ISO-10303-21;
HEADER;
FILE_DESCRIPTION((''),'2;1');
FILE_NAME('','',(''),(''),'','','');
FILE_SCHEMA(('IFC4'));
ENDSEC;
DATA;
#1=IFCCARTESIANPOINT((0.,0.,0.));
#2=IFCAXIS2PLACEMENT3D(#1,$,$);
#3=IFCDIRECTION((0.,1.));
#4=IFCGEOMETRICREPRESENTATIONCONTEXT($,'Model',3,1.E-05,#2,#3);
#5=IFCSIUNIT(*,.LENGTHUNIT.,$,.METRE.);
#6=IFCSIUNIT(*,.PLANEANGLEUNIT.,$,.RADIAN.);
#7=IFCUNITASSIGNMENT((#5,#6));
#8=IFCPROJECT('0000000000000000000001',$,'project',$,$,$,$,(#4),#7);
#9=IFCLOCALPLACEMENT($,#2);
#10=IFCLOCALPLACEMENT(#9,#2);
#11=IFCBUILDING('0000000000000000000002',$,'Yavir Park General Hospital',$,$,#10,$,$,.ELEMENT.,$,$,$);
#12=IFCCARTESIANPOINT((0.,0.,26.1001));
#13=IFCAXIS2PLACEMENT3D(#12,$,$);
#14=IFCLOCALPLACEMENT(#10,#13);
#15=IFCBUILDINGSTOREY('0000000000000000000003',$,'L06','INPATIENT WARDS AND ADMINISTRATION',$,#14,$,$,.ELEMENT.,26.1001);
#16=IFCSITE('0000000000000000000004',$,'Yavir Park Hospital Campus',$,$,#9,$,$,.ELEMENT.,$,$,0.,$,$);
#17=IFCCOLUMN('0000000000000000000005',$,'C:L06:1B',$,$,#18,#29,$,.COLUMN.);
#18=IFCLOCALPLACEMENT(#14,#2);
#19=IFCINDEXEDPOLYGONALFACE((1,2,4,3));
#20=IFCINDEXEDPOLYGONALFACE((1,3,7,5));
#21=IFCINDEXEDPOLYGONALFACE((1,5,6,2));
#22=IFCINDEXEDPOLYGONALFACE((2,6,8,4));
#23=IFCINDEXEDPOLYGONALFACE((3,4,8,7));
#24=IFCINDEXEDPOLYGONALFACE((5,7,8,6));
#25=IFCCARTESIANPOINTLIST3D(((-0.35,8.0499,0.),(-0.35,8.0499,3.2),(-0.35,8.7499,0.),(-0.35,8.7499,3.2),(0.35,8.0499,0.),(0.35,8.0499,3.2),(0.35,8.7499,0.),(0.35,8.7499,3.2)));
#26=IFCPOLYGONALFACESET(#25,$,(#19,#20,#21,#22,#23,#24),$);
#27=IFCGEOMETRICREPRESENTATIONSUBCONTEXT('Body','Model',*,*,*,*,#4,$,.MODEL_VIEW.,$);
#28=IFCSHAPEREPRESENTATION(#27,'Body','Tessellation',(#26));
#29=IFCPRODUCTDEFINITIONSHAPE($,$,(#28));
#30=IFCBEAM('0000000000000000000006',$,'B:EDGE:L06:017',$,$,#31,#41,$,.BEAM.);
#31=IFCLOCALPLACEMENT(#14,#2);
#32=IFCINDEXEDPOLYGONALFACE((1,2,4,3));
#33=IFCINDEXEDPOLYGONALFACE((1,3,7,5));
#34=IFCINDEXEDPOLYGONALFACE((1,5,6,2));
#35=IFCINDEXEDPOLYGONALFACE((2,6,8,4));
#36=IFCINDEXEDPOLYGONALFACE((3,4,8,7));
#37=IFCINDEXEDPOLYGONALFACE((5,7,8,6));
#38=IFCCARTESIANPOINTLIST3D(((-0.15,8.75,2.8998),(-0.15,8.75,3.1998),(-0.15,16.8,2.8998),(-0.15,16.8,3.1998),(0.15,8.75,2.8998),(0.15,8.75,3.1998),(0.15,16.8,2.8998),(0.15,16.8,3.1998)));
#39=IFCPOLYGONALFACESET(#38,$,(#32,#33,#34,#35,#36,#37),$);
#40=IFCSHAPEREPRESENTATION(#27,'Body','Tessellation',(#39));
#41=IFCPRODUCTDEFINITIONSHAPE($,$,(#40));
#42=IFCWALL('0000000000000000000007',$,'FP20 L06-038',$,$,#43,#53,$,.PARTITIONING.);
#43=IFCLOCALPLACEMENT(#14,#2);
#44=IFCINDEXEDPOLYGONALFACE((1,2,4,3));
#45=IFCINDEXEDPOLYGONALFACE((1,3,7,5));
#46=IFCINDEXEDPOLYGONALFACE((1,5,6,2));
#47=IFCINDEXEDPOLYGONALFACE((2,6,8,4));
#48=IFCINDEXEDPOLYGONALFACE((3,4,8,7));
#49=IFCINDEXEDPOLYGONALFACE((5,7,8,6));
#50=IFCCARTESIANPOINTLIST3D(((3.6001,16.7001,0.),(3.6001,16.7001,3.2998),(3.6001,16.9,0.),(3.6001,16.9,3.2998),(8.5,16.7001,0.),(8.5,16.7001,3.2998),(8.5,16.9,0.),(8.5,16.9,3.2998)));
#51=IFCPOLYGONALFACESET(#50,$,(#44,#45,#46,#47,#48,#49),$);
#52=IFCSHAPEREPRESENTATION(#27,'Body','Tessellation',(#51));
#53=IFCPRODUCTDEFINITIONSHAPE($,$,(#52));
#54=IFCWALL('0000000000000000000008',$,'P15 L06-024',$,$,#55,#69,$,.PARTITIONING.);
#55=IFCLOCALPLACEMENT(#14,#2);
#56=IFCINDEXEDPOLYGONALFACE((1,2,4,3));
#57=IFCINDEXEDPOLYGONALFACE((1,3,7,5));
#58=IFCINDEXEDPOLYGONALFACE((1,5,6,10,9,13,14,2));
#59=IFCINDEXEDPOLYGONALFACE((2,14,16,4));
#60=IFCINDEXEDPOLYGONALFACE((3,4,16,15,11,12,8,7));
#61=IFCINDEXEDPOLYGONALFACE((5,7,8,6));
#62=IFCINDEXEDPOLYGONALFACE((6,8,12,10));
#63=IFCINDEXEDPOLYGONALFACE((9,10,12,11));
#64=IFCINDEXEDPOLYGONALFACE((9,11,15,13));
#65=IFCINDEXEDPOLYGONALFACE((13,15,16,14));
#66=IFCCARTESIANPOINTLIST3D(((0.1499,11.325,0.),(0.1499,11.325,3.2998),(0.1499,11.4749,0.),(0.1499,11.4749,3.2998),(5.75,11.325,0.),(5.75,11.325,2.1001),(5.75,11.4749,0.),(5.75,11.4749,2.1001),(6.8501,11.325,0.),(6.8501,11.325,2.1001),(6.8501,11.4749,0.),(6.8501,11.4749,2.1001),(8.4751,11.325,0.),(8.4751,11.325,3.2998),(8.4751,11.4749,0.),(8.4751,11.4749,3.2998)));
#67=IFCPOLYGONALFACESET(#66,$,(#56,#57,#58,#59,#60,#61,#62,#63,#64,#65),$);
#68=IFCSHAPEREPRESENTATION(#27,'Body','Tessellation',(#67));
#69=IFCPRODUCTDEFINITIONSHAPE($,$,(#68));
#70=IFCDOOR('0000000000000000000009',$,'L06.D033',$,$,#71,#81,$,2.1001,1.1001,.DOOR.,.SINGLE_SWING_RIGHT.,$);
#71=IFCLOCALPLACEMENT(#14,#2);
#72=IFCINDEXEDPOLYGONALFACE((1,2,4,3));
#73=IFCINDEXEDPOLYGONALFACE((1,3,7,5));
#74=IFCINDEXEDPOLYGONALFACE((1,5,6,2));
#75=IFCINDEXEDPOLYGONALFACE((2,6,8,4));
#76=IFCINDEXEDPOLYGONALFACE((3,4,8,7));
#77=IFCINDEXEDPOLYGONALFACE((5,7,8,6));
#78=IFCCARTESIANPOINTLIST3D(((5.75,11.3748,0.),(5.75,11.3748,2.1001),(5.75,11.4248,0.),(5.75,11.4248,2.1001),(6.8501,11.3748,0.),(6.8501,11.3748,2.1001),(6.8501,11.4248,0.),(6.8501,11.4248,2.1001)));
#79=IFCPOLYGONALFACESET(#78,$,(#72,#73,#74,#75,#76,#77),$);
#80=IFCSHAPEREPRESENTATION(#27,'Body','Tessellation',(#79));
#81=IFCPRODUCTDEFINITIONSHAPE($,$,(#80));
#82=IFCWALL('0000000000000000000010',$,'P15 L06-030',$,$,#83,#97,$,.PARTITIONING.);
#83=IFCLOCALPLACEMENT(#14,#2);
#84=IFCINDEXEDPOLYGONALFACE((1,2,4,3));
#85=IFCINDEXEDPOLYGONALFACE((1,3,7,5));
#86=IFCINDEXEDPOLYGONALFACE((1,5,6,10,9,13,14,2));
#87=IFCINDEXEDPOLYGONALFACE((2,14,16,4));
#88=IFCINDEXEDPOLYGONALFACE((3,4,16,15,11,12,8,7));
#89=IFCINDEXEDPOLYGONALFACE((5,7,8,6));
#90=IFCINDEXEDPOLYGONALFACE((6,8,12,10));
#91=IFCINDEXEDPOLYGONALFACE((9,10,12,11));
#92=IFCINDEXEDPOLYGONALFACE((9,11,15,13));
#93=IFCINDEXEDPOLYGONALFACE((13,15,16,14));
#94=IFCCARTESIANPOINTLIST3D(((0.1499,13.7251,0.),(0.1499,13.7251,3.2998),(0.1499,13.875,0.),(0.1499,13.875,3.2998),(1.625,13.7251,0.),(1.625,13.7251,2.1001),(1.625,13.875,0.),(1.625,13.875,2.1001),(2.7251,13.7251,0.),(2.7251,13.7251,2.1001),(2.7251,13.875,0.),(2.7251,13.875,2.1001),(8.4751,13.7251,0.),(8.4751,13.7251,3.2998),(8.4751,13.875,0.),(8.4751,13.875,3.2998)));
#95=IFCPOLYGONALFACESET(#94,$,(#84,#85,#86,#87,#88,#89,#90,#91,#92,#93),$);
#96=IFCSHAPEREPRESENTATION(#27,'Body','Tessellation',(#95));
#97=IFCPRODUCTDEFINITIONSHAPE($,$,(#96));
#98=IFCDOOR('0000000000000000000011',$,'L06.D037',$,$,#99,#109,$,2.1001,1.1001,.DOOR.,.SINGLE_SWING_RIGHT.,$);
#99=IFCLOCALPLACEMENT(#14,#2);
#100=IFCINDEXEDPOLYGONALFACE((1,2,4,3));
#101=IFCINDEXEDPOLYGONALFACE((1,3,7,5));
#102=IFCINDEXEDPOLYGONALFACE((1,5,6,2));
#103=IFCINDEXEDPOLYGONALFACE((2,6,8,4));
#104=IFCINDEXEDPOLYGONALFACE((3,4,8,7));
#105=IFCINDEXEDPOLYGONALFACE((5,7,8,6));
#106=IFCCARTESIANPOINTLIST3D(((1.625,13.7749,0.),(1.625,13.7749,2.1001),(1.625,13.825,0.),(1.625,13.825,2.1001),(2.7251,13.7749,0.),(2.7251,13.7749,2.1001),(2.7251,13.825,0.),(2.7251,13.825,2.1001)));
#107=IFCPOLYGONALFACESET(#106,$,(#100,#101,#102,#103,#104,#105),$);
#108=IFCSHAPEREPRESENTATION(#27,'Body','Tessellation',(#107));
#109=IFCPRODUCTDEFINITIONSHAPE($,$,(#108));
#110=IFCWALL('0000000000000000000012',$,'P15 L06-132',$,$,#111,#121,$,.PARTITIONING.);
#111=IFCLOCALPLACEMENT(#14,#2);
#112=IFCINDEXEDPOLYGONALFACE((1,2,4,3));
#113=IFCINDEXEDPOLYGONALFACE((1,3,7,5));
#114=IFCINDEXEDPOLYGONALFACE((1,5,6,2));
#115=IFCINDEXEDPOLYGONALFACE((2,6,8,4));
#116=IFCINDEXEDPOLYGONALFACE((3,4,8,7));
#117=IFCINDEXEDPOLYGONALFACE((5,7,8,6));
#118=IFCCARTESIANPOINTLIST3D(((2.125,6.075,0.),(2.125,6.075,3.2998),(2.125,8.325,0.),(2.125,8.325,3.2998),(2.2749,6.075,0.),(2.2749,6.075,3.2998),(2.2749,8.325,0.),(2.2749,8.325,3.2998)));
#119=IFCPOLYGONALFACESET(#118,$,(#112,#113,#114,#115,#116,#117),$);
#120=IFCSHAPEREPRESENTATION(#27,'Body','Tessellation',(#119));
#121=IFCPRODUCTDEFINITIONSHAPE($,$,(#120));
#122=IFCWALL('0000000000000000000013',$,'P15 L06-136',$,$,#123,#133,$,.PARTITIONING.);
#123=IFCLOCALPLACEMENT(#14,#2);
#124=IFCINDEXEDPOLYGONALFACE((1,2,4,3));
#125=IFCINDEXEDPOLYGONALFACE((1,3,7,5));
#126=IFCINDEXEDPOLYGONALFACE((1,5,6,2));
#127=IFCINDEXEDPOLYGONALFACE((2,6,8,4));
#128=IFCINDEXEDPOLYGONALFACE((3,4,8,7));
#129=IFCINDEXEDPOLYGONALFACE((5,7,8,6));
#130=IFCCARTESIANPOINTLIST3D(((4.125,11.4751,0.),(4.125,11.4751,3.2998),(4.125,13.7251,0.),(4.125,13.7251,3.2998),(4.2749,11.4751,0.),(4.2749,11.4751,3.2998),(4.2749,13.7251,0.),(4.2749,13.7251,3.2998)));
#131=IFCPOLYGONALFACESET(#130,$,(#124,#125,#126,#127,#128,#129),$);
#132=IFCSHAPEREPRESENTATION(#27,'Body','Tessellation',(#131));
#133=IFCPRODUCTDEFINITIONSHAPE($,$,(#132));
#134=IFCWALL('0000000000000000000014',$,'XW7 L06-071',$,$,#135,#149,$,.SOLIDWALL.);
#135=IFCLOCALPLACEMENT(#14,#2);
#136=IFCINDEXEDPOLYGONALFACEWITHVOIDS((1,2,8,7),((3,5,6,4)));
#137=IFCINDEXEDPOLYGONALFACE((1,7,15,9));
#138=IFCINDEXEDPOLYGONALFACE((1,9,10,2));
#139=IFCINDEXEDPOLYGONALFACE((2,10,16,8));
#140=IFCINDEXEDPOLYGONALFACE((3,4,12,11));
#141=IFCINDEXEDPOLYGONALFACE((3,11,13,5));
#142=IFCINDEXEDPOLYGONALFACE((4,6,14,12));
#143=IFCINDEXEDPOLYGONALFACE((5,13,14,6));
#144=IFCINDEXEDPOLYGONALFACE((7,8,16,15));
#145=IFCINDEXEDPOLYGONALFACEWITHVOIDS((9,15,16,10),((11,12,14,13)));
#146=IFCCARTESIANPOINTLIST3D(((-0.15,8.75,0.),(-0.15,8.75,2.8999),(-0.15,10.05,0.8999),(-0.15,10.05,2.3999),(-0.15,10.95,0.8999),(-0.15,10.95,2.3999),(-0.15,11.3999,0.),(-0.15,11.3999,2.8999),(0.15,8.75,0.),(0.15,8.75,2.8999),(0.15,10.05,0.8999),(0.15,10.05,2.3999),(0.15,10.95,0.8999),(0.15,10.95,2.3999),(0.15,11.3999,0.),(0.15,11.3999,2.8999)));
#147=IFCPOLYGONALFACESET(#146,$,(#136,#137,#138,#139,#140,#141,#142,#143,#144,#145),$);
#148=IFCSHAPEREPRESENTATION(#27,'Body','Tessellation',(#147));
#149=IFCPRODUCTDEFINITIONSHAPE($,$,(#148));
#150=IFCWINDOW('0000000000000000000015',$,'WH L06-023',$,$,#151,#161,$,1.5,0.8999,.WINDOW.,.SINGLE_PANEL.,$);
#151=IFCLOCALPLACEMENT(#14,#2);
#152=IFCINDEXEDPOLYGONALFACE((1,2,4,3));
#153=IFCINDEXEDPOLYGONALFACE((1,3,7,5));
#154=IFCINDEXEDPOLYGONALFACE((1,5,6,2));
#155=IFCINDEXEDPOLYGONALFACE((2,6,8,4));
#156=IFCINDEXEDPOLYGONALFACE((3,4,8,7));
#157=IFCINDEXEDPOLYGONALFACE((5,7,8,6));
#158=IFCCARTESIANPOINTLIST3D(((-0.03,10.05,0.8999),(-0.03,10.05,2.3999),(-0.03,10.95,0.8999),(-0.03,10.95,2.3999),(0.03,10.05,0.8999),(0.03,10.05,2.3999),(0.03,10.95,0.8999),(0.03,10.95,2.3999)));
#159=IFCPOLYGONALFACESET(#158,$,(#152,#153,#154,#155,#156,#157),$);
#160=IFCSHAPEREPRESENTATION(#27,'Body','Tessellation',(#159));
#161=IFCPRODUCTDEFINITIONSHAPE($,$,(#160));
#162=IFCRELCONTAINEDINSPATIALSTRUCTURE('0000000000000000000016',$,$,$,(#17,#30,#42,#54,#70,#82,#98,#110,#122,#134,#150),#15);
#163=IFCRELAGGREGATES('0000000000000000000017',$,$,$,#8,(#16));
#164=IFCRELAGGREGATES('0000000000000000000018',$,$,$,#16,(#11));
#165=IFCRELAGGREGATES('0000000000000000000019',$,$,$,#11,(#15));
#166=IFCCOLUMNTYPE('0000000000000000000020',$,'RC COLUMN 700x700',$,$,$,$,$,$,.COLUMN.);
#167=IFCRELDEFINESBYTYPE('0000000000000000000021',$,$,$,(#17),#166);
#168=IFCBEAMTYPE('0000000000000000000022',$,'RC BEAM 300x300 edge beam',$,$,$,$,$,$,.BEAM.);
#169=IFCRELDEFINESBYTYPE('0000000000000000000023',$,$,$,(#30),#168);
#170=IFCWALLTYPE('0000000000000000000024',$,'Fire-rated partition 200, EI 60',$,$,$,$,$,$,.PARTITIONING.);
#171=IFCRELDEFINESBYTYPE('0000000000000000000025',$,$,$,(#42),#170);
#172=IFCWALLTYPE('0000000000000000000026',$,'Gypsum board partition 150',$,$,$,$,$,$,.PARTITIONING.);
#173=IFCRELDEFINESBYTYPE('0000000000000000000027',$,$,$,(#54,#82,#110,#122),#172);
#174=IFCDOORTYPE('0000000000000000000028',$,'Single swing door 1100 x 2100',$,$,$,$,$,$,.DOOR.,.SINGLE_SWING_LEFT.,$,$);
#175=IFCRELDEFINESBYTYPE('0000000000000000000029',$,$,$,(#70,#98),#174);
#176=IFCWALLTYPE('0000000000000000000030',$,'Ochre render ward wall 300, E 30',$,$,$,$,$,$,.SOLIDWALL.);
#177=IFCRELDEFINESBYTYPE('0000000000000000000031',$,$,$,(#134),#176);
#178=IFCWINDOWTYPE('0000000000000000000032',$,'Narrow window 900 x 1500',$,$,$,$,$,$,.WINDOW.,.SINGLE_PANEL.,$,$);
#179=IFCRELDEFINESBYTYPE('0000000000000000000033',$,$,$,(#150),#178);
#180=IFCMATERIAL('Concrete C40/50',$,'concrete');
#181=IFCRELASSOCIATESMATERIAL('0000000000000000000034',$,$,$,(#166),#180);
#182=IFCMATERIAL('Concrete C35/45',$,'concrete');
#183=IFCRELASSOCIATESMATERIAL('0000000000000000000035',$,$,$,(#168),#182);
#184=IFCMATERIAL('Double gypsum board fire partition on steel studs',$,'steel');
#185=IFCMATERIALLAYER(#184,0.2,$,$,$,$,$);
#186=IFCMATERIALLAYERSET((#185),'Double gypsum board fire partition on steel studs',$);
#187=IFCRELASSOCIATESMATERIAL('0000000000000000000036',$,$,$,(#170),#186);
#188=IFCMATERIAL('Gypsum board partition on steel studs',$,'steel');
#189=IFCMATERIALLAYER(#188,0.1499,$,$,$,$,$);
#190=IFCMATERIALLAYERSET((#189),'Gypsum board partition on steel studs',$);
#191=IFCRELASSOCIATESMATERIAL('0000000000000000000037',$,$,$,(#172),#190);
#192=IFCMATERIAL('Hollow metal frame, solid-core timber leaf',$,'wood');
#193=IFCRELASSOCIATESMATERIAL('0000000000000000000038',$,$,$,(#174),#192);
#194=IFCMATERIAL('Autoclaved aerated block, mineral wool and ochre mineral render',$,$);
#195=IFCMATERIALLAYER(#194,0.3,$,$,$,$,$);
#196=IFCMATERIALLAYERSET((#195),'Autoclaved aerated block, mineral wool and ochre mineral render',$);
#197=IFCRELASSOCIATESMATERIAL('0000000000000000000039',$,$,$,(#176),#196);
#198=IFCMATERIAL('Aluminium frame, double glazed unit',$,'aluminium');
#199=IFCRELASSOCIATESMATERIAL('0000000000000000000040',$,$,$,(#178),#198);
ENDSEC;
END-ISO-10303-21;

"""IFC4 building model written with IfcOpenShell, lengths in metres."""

from ifc_helpers import new_model, si_unit, direction, frame, frame_2d, origin, origin_2d, place, context, subcontext, project, spatial, rectangle, extrude, material, layer, layer_set, material_profile, profile_set, type_object, element, fill, save


model = new_model("IFC4")

# Units and contexts
model_context = context("Model", 3, precision=1e-05, world=origin(), true_north=direction((0.0, 1.0)))
body_context = subcontext(model_context, "Body", "Model", "MODEL_VIEW")
ifc_project = project(units=[si_unit("LENGTHUNIT", "METRE"), si_unit("PLANEANGLEUNIT", "RADIAN")], contexts=[model_context])

# Site, building, storey
site_placement = place(None, origin())
site = spatial("IfcSite", under=ifc_project, at=site_placement, Name="Yavir Park Hospital Campus", CompositionType="ELEMENT", RefElevation=0.0)
building_placement = place(site_placement, origin())
building = spatial("IfcBuilding", under=site, at=building_placement, Name="Yavir Park General Hospital", CompositionType="ELEMENT")
storey_placement = place(building_placement, frame((0.0, 0.0, 26.1001)))
storey = spatial("IfcBuildingStorey", under=building, at=storey_placement, Name="L06", Description="INPATIENT WARDS AND ADMINISTRATION", CompositionType="ELEMENT", Elevation=26.1001)

# Column
ifc_material_1 = material(Name="Concrete C40/50", Category="concrete")
ifc_material_profile_1 = material_profile(ifc_material_1, rectangle(XDim=0.7, YDim=0.7, at=origin_2d()), Name="RC700x700")
ifc_profile_set_1 = profile_set([ifc_material_profile_1], Name="Concrete C40/50")
column_type = type_object("IfcColumnType", Name="RC COLUMN 700x700", PredefinedType="COLUMN", material=ifc_profile_set_1)
column_placement = place(storey_placement, frame((0.0, 8.3999, 0.0), z_axis=(0.0, 0.0, 1.0), x_axis=(1.0, 0.0, 0.0)))
element("IfcColumn", 1, at=column_placement, inside=storey, type_object=column_type, Name="C:L06:1B", PredefinedType="COLUMN", context=body_context, shape_type="SweptSolid", body=[
    extrude(rectangle(XDim=0.7, YDim=0.7, at=origin_2d()), origin(), (0.0, 0.0, 1.0), 3.2),
])

# Beam
ifc_material_2 = material(Name="Concrete C35/45", Category="concrete")
ifc_material_profile_2 = material_profile(ifc_material_2, rectangle(XDim=0.3, YDim=0.3, at=origin_2d()), Name="RC300x300")
ifc_profile_set_2 = profile_set([ifc_material_profile_2], Name="Concrete C35/45")
beam_type = type_object("IfcBeamType", Name="RC BEAM 300x300 edge beam", PredefinedType="BEAM", material=ifc_profile_set_2)
beam_placement = place(storey_placement, frame((0.0, 8.75, 3.0498), z_axis=(0.0, 1.0, 0.0), x_axis=(-1.0, 0.0, 0.0)))
element("IfcBeam", 2, at=beam_placement, inside=storey, type_object=beam_type, Name="B:EDGE:L06:017", PredefinedType="BEAM", context=body_context, shape_type="SweptSolid", body=[
    extrude(rectangle(XDim=0.3, YDim=0.3, at=origin_2d()), origin(), (0.0, 0.0, 1.0), 8.05),
])

# Wall
ifc_material_3 = material(Name="Double gypsum board fire partition on steel studs", Category="steel")
ifc_layer_1 = layer(ifc_material_3, 0.2)
ifc_layer_set_1 = layer_set([ifc_layer_1], Name="Double gypsum board fire partition on steel studs")
wall_type_1 = type_object("IfcWallType", Name="Fire-rated partition 200, EI 60", PredefinedType="PARTITIONING", material=ifc_layer_set_1)
wall_1_placement = place(storey_placement, frame((3.6001, 16.8, 0.0), z_axis=(0.0, 0.0, 1.0), x_axis=(1.0, 0.0, 0.0)))
element("IfcWall", 3, at=wall_1_placement, inside=storey, type_object=wall_type_1, Name="FP20 L06-038", PredefinedType="PARTITIONING", context=body_context, shape_type="SweptSolid", body=[
    extrude(rectangle(XDim=4.8999, YDim=0.2, at=frame_2d((2.45, 0.0))), origin(), (0.0, 0.0, 1.0), 3.2998),
])

# Shared definitions
ifc_material_4 = material(Name="Gypsum board partition on steel studs", Category="steel")
ifc_layer_2 = layer(ifc_material_4, 0.1499)
ifc_layer_set_2 = layer_set([ifc_layer_2], Name="Gypsum board partition on steel studs")
wall_type_2 = type_object("IfcWallType", Name="Gypsum board partition 150", PredefinedType="PARTITIONING", material=ifc_layer_set_2)

# Walls, openings, doors
wall_2_placement = place(storey_placement, frame((0.1499, 11.3999, 0.0), z_axis=(0.0, 0.0, 1.0), x_axis=(1.0, 0.0, 0.0)))
wall_2 = element("IfcWall", 4, at=wall_2_placement, inside=storey, type_object=wall_type_2, Name="P15 L06-024", PredefinedType="PARTITIONING", context=body_context, shape_type="SweptSolid", body=[
    extrude(rectangle(XDim=8.3252, YDim=0.1499, at=frame_2d((4.1626, 0.0))), origin(), (0.0, 0.0, 1.0), 3.2998),
])
opening_1_placement = place(wall_2_placement, frame((5.6001, 0.0, 0.0)))
opening_1 = element("IfcOpeningElement", 5, at=opening_1_placement, cuts=wall_2, PredefinedType="OPENING", context=body_context, shape_type="SweptSolid", body=[
    extrude(rectangle(XDim=1.1001, YDim=2.1001, at=frame_2d((0.55, 1.05))), frame((0.0, 0.085, 0.0), z_axis=(0.0, -1.0, 0.0), x_axis=(1.0, 0.0, 0.0)), (0.0, 0.0, 1.0), 0.1699),
])
ifc_material_5 = material(Name="Hollow metal frame, solid-core timber leaf", Category="wood")
door_type_1 = type_object("IfcDoorType", Name="Single swing door 1100 x 2100", OperationType="SINGLE_SWING_LEFT", PredefinedType="DOOR", material=ifc_material_5)
door_1_placement = place(opening_1_placement, origin())
door_1 = element("IfcDoor", 6, at=door_1_placement, inside=storey, type_object=door_type_1, Name="L06.D033", OperationType="SINGLE_SWING_RIGHT", OverallHeight=2.1001, OverallWidth=1.1001, PredefinedType="DOOR", context=body_context, shape_type="SweptSolid", body=[
    extrude(rectangle(XDim=1.1001, YDim=2.1001, at=frame_2d((0.55, 1.05))), frame((0.0, 0.0249, 0.0), z_axis=(0.0, -1.0, 0.0), x_axis=(1.0, 0.0, 0.0)), (0.0, 0.0, 1.0), 0.05),
])
fill(opening_1, door_1)
wall_3_placement = place(storey_placement, frame((0.1499, 13.8, 0.0), z_axis=(0.0, 0.0, 1.0), x_axis=(1.0, 0.0, 0.0)))
wall_3 = element("IfcWall", 7, at=wall_3_placement, inside=storey, type_object=wall_type_2, Name="P15 L06-030", PredefinedType="PARTITIONING", context=body_context, shape_type="SweptSolid", body=[
    extrude(rectangle(XDim=8.3252, YDim=0.1499, at=frame_2d((4.1626, 0.0))), origin(), (0.0, 0.0, 1.0), 3.2998),
])
opening_2_placement = place(wall_3_placement, frame((1.4751, 0.0, 0.0)))
opening_2 = element("IfcOpeningElement", 8, at=opening_2_placement, cuts=wall_3, PredefinedType="OPENING", context=body_context, shape_type="SweptSolid", body=[
    extrude(rectangle(XDim=1.1001, YDim=2.1001, at=frame_2d((0.55, 1.05))), frame((0.0, 0.085, 0.0), z_axis=(0.0, -1.0, 0.0), x_axis=(1.0, 0.0, 0.0)), (0.0, 0.0, 1.0), 0.1699),
])
door_2_placement = place(opening_2_placement, origin())
door_2 = element("IfcDoor", 9, at=door_2_placement, inside=storey, type_object=door_type_1, Name="L06.D037", OperationType="SINGLE_SWING_RIGHT", OverallHeight=2.1001, OverallWidth=1.1001, PredefinedType="DOOR", context=body_context, shape_type="SweptSolid", body=[
    extrude(rectangle(XDim=1.1001, YDim=2.1001, at=frame_2d((0.55, 1.05))), frame((0.0, 0.0249, 0.0), z_axis=(0.0, -1.0, 0.0), x_axis=(1.0, 0.0, 0.0)), (0.0, 0.0, 1.0), 0.05),
])
fill(opening_2, door_2)

# Walls
for number, where, z_axis, x_axis, name in (
    (10, (2.2, 6.075, 0.0), (0.0, 0.0, 1.0), (0.0, 1.0, 0.0), "P15 L06-132"),
    (11, (4.2, 11.4751, 0.0), (0.0, 0.0, 1.0), (0.0, 1.0, 0.0), "P15 L06-136"),
):
    element("IfcWall", number, at=place(storey_placement, frame(where, z_axis=z_axis, x_axis=x_axis)), inside=storey, type_object=wall_type_2, Name=name, PredefinedType="PARTITIONING", context=body_context, shape_type="SweptSolid", body=[
        extrude(rectangle(XDim=2.25, YDim=0.1499, at=frame_2d((1.125, 0.0))), origin(), (0.0, 0.0, 1.0), 3.2998),
    ])

# Wall, opening, window
ifc_material_6 = material(Name="Autoclaved aerated block, mineral wool and ochre mineral render")
ifc_layer_3 = layer(ifc_material_6, 0.3)
ifc_layer_set_3 = layer_set([ifc_layer_3], Name="Autoclaved aerated block, mineral wool and ochre mineral render")
wall_type_3 = type_object("IfcWallType", Name="Ochre render ward wall 300, E 30", PredefinedType="SOLIDWALL", material=ifc_layer_set_3)
wall_4_placement = place(storey_placement, frame((0.0, 8.75, 0.0), z_axis=(0.0, 0.0, 1.0), x_axis=(0.0, 1.0, 0.0)))
wall_4 = element("IfcWall", 12, at=wall_4_placement, inside=storey, type_object=wall_type_3, Name="XW7 L06-071", PredefinedType="SOLIDWALL", context=body_context, shape_type="SweptSolid", body=[
    extrude(rectangle(XDim=2.6499, YDim=0.3, at=frame_2d((1.325, 0.0))), origin(), (0.0, 0.0, 1.0), 2.8999),
])
opening_3_placement = place(wall_4_placement, frame((1.3, 0.0, 0.8999)))
opening_3 = element("IfcOpeningElement", 13, at=opening_3_placement, cuts=wall_4, PredefinedType="OPENING", context=body_context, shape_type="SweptSolid", body=[
    extrude(rectangle(XDim=0.8999, YDim=1.5, at=frame_2d((0.45, 0.75))), frame((0.0, 0.1599, 0.0), z_axis=(0.0, -1.0, 0.0), x_axis=(1.0, 0.0, 0.0)), (0.0, 0.0, 1.0), 0.3201),
])
ifc_material_7 = material(Name="Aluminium frame, double glazed unit", Category="aluminium")
window_type_1 = type_object("IfcWindowType", Name="Narrow window 900 x 1500", PartitioningType="SINGLE_PANEL", PredefinedType="WINDOW", material=ifc_material_7)
window_1_placement = place(opening_3_placement, origin())
window_1 = element("IfcWindow", 14, at=window_1_placement, inside=storey, type_object=window_type_1, Name="WH L06-023", OverallHeight=1.5, OverallWidth=0.8999, PartitioningType="SINGLE_PANEL", PredefinedType="WINDOW", context=body_context, shape_type="SweptSolid", body=[
    extrude(rectangle(XDim=0.8999, YDim=1.5, at=frame_2d((0.45, 0.75))), frame((0.0, 0.03, 0.0), z_axis=(0.0, -1.0, 0.0), x_axis=(1.0, 0.0, 0.0)), (0.0, 0.0, 1.0), 0.0601),
])
fill(opening_3, window_1)

save(model, "model.ifc")
